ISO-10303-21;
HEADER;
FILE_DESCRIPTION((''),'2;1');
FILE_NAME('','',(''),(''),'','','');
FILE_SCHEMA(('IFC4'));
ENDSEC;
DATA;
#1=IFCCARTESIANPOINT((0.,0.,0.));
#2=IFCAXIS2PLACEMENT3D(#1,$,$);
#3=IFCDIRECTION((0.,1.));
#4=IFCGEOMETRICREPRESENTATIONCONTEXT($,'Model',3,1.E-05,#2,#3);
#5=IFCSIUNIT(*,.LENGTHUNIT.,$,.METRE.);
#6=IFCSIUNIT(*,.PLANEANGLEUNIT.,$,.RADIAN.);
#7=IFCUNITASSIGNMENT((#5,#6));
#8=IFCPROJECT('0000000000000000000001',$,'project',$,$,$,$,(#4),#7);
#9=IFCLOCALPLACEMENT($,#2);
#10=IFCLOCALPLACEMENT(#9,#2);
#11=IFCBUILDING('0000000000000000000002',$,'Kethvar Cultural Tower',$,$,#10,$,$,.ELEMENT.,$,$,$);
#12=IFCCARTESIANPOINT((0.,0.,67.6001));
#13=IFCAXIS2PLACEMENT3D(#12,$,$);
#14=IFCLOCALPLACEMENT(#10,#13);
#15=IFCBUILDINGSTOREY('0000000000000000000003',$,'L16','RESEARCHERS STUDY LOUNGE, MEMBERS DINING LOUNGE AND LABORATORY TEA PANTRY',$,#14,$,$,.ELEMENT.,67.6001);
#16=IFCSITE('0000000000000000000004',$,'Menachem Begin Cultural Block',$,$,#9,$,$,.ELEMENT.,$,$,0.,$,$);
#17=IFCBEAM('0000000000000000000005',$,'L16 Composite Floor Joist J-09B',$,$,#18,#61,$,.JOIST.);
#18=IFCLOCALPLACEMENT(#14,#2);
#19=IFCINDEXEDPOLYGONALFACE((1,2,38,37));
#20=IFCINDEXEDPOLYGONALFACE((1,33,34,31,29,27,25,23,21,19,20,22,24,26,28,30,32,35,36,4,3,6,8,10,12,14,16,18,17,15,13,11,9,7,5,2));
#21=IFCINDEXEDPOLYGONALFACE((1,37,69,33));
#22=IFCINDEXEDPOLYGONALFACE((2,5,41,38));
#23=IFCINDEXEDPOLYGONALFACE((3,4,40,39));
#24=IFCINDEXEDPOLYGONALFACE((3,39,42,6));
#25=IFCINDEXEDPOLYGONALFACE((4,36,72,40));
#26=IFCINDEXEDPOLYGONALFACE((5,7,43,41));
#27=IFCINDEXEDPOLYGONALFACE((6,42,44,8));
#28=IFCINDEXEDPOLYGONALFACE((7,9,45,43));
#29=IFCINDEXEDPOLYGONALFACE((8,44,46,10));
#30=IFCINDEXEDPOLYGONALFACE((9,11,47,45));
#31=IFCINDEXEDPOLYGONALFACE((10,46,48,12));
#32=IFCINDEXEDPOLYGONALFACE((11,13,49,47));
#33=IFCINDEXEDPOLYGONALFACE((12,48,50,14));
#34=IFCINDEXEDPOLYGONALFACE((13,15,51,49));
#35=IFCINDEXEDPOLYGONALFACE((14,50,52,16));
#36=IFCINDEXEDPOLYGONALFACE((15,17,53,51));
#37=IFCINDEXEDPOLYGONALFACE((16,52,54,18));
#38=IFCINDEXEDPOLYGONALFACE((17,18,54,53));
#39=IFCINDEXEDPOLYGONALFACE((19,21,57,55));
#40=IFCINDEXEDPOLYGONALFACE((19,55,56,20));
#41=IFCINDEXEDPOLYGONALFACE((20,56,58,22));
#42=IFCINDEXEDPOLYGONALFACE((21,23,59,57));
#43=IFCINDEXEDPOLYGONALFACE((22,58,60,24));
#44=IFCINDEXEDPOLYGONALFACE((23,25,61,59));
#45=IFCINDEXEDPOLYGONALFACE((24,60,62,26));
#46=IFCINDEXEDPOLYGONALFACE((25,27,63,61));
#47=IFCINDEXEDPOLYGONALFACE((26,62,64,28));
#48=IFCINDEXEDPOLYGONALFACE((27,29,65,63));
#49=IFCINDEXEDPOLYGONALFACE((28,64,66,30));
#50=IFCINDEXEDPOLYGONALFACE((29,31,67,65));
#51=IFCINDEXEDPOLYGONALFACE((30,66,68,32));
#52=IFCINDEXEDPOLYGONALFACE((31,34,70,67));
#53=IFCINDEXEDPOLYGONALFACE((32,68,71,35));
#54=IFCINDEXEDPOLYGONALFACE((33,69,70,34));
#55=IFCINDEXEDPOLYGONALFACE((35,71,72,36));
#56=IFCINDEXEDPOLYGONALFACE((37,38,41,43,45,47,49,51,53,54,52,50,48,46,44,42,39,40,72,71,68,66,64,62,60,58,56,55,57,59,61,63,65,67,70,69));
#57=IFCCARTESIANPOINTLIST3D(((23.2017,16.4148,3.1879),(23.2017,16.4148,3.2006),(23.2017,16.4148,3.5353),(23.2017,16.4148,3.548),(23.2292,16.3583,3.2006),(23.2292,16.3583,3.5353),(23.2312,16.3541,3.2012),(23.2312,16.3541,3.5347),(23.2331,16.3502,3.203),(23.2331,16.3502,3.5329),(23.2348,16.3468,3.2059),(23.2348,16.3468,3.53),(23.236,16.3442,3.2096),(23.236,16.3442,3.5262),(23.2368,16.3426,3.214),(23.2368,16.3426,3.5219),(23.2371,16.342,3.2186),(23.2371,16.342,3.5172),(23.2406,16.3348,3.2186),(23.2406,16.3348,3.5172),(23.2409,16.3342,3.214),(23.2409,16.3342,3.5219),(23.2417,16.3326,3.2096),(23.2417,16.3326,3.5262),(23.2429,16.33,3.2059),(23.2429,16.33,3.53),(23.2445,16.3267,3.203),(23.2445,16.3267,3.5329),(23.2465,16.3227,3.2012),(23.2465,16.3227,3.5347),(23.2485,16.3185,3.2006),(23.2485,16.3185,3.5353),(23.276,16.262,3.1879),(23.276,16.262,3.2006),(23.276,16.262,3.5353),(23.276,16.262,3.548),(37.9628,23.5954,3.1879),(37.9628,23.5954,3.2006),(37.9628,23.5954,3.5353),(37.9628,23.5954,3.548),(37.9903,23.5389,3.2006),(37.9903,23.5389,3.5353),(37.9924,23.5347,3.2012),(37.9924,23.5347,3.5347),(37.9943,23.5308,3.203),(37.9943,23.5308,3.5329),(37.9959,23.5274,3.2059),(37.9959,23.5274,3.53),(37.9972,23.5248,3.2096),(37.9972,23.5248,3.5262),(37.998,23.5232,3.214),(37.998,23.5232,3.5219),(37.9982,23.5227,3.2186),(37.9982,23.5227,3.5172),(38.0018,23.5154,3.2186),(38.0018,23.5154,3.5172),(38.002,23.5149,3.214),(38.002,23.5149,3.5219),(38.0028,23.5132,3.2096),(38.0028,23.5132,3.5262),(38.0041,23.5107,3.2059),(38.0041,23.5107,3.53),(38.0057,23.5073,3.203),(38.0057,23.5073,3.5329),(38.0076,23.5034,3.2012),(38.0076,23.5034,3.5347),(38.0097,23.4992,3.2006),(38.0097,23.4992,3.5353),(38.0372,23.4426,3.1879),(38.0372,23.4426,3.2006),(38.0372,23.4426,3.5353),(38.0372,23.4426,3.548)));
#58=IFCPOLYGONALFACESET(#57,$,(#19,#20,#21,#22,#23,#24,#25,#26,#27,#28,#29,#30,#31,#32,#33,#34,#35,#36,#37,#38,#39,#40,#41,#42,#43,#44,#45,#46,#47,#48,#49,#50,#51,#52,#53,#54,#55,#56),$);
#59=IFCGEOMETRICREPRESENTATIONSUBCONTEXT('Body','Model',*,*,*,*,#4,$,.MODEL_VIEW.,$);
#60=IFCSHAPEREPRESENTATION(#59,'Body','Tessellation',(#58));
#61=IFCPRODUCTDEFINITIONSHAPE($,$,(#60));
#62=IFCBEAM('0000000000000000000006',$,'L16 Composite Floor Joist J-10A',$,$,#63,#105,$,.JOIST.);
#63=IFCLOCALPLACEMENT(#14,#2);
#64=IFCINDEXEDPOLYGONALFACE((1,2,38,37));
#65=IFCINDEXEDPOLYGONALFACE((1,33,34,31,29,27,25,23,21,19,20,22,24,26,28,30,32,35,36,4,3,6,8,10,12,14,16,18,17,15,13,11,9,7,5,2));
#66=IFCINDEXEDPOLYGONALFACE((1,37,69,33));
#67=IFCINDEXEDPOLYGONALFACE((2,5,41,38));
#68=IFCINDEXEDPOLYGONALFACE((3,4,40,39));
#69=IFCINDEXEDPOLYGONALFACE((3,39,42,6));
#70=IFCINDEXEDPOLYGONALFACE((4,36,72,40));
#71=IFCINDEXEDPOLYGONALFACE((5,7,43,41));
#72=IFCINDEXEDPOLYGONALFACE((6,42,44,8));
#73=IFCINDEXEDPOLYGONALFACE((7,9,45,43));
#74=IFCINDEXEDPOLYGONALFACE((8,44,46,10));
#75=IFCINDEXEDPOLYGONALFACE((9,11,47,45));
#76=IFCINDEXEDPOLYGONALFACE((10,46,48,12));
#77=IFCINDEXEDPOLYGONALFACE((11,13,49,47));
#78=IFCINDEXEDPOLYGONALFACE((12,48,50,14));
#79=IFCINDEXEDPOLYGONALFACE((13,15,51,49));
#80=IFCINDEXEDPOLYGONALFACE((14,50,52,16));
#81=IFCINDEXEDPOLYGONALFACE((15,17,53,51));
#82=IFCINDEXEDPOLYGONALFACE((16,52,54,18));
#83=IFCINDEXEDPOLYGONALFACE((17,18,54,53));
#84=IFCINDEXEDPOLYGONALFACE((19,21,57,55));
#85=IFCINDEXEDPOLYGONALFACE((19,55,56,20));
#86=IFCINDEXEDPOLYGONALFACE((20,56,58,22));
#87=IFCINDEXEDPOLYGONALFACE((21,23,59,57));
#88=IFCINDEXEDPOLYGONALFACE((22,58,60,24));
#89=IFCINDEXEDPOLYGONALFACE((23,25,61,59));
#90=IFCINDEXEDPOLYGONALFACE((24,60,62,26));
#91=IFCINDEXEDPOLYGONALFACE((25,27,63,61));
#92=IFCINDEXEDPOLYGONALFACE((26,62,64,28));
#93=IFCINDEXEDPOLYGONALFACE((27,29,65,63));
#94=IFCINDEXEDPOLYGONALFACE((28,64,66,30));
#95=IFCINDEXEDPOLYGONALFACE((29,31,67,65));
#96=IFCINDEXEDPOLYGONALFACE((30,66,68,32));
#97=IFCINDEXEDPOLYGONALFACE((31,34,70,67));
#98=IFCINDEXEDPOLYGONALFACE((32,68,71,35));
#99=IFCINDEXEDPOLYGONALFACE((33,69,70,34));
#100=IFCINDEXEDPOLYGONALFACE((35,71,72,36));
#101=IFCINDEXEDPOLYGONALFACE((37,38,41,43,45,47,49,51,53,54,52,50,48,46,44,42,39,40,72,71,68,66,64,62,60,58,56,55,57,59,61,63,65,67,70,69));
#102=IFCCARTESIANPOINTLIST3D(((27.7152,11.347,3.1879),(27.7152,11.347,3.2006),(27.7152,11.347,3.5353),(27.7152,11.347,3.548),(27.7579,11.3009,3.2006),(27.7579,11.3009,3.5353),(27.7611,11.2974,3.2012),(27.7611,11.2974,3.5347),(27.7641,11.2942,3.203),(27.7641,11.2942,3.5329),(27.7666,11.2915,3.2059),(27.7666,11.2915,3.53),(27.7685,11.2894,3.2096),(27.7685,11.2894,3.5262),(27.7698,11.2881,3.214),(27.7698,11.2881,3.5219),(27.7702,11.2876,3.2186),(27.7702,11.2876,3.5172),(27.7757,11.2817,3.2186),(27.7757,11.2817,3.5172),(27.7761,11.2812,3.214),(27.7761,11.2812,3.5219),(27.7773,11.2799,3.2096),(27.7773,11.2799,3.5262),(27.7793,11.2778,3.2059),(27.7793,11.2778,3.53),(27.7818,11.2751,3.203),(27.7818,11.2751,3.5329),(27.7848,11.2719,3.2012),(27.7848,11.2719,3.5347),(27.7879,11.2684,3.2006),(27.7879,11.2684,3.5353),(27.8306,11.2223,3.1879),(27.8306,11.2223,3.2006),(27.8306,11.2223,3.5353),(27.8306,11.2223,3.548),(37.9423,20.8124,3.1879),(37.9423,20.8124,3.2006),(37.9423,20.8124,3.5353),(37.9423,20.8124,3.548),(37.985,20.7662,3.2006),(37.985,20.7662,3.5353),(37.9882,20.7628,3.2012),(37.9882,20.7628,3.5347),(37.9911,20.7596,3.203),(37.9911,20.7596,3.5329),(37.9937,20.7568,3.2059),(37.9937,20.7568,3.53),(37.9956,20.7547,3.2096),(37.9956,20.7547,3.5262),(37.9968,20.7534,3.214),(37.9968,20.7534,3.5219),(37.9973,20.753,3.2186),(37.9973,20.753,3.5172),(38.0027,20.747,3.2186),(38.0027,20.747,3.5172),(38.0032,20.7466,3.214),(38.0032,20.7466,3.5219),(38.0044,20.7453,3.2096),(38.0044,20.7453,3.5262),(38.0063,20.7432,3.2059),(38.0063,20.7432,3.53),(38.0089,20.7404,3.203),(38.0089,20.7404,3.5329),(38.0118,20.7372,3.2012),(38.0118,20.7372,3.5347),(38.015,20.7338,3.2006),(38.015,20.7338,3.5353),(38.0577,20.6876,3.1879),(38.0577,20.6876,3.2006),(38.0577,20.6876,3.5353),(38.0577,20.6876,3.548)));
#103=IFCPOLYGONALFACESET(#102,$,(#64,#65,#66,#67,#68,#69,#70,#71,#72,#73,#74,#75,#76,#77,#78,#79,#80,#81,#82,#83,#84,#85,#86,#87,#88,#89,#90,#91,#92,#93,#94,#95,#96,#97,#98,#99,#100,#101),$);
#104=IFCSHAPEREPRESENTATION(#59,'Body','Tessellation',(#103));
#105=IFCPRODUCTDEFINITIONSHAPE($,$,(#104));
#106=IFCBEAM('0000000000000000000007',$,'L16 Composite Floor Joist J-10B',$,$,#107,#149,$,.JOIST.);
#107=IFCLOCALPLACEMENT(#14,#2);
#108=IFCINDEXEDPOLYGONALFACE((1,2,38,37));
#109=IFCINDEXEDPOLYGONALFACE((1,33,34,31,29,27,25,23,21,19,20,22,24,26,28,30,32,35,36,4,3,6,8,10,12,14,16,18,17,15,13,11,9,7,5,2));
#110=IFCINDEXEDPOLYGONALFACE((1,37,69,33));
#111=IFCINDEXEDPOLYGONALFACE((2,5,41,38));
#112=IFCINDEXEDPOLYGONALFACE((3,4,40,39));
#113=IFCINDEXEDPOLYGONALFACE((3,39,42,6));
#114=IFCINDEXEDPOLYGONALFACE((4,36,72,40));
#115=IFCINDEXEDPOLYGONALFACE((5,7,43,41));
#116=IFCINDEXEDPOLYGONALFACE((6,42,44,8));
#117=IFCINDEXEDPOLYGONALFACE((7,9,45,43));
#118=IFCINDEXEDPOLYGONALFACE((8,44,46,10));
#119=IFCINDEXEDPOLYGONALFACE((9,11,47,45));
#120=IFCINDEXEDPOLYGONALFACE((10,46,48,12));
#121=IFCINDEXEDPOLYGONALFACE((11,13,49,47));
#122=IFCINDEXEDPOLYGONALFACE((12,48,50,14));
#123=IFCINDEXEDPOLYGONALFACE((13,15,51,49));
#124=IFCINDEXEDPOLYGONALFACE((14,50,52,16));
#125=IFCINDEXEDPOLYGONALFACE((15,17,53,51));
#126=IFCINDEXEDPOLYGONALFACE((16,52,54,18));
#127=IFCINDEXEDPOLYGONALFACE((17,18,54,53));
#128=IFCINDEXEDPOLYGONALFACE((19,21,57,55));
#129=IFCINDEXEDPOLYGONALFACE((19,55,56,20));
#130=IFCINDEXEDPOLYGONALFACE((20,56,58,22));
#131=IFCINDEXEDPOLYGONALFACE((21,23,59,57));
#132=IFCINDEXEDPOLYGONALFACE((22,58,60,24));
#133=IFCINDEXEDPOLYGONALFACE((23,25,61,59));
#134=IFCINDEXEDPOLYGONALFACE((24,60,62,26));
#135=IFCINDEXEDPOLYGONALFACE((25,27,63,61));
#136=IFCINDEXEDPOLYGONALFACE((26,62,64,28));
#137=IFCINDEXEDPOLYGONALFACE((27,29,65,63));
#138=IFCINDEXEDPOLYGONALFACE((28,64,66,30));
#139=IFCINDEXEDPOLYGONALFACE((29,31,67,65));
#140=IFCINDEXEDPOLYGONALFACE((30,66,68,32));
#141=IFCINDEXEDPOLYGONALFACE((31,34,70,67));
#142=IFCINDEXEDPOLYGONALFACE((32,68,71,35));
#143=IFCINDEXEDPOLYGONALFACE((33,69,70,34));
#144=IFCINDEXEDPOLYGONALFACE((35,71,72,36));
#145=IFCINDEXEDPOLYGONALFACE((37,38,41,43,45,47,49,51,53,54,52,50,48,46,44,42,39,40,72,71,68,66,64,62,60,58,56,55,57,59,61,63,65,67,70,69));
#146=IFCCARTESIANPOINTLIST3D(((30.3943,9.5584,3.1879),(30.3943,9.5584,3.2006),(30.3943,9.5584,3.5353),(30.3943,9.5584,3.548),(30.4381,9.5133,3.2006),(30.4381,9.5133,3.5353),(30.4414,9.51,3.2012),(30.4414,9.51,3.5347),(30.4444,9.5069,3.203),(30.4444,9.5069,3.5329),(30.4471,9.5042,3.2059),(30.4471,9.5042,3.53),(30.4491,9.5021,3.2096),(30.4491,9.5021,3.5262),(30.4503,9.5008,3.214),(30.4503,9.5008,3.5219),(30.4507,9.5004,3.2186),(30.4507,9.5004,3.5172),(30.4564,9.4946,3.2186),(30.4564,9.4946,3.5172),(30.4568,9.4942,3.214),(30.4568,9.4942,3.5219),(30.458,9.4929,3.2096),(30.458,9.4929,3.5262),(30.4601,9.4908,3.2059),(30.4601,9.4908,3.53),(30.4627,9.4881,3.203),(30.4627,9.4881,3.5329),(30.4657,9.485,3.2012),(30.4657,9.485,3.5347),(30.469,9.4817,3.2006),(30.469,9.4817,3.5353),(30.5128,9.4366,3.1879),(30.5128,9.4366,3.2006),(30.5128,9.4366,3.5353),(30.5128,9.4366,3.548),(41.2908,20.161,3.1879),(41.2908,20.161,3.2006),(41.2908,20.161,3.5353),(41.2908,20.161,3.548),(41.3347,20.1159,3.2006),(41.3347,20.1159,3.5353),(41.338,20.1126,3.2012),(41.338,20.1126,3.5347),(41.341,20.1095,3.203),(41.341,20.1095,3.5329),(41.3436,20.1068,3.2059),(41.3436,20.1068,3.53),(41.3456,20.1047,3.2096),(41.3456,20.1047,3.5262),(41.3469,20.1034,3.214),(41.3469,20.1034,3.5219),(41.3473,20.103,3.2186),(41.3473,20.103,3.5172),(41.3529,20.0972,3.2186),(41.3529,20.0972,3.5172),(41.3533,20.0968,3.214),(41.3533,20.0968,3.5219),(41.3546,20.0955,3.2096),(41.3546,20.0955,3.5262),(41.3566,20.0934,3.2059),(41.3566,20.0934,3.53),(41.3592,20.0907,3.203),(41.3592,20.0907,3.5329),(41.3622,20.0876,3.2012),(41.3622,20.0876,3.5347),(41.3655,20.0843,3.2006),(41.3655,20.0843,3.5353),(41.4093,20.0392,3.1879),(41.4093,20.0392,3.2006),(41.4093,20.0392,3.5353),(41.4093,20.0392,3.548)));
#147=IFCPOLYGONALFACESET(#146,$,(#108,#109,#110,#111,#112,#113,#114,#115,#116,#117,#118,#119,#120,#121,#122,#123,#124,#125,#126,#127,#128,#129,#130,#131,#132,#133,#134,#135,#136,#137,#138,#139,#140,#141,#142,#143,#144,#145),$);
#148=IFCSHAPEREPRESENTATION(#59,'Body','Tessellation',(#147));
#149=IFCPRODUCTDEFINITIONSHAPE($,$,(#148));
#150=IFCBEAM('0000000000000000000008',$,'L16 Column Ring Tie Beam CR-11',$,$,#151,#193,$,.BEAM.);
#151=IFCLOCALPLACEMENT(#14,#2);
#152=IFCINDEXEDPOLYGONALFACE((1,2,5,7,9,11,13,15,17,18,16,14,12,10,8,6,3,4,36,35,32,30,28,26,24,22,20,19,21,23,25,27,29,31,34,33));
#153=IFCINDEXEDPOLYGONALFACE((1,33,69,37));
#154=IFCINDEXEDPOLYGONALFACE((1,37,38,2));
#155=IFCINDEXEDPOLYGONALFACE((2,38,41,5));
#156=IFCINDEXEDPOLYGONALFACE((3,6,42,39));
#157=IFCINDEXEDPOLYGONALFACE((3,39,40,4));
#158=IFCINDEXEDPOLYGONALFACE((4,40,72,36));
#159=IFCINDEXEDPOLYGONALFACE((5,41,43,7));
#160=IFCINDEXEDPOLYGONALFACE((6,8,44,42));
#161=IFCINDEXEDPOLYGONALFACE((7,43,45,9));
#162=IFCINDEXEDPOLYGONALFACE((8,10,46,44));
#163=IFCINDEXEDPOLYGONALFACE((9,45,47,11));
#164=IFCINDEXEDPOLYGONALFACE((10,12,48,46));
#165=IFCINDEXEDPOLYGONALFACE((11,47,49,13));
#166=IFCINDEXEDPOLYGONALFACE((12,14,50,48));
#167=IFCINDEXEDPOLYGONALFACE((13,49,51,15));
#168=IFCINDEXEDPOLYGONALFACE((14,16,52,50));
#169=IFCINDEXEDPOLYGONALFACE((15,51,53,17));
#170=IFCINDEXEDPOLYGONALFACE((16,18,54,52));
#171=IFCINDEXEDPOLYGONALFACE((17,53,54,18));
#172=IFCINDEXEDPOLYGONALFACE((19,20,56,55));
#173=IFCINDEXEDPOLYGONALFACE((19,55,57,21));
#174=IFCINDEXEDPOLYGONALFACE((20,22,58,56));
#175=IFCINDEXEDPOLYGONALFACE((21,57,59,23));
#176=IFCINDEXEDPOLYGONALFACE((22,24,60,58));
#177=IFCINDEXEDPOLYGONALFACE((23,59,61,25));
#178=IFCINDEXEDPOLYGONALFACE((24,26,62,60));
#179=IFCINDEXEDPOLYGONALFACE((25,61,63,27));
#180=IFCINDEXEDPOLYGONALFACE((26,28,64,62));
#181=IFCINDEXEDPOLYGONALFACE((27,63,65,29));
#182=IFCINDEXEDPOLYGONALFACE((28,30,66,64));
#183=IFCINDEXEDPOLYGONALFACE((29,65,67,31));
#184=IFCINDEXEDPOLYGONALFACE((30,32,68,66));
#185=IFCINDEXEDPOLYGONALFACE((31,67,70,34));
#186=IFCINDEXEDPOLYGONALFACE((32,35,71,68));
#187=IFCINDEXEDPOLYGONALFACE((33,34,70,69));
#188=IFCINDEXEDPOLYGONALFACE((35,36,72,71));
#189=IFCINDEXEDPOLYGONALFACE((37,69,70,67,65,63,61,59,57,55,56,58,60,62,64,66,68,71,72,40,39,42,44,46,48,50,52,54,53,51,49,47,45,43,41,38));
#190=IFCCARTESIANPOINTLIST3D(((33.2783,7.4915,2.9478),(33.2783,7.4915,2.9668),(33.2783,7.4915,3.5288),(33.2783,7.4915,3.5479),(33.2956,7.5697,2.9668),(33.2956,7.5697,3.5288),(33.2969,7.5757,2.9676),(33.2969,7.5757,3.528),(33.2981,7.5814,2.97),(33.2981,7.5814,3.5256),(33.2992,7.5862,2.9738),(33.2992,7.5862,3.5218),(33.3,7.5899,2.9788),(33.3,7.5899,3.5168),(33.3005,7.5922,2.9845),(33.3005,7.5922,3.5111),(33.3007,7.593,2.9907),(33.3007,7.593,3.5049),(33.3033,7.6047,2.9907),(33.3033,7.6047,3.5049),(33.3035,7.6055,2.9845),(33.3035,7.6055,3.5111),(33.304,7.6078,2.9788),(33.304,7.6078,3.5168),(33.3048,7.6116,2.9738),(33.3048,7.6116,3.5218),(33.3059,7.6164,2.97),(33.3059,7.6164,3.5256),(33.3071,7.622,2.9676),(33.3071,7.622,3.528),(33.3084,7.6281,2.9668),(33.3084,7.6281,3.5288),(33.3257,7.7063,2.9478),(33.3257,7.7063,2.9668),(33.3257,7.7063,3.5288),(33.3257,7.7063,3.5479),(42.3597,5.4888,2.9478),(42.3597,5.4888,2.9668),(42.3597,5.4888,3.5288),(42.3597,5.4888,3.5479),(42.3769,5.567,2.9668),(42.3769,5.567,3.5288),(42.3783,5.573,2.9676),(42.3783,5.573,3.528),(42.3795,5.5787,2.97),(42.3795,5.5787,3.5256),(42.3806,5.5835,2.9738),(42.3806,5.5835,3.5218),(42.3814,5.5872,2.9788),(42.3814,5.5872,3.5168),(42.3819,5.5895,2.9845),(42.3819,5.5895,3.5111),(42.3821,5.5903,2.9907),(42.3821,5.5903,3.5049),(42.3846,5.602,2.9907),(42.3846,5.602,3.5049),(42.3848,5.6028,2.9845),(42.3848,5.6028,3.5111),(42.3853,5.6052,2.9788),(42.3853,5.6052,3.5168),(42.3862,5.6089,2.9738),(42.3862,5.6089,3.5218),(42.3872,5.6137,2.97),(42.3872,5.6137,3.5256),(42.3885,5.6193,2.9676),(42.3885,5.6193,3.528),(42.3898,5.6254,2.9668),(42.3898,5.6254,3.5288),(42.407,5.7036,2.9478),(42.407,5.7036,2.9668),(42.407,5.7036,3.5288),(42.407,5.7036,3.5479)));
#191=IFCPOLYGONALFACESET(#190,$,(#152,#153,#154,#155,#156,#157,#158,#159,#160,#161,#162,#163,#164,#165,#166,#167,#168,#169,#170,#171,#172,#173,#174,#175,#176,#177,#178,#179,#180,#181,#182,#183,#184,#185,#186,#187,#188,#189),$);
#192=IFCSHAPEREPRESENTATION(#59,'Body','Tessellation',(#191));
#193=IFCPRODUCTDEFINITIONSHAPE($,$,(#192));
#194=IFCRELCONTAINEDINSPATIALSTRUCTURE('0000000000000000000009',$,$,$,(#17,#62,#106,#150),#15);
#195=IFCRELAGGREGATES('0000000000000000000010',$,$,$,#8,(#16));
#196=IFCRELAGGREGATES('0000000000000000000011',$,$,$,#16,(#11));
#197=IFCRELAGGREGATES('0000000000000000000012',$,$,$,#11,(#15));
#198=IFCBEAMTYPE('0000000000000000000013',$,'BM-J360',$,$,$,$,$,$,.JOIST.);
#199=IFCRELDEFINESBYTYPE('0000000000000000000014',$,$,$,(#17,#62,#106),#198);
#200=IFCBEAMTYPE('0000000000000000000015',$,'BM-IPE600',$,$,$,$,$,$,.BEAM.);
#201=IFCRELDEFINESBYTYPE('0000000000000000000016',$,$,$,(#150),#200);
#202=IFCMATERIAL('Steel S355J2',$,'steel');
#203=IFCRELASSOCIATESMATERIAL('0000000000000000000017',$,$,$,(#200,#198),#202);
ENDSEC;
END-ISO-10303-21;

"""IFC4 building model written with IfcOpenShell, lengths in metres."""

from ifc_helpers import new_model, si_unit, direction, frame, origin, origin_2d, place, context, subcontext, project, spatial, i_section, extrude, source, transform, mapped, material, material_profile, profile_set, type_object, element, save


model = new_model("IFC4")

# Units and contexts
model_context = context("Model", 3, precision=1e-05, world=origin(), true_north=direction((0.0, 1.0)))
body_context = subcontext(model_context, "Body", "Model", "MODEL_VIEW")
ifc_project = project(units=[si_unit("LENGTHUNIT", "METRE"), si_unit("PLANEANGLEUNIT", "RADIAN")], contexts=[model_context])

# Site, building, storey
site_placement = place(None, origin())
site = spatial("IfcSite", under=ifc_project, at=site_placement, Name="Menachem Begin Cultural Block", CompositionType="ELEMENT", RefElevation=0.0)
building_placement = place(site_placement, origin())
building = spatial("IfcBuilding", under=site, at=building_placement, Name="Kethvar Cultural Tower", CompositionType="ELEMENT")
storey_placement = place(building_placement, frame((0.0, 0.0, 67.6001)))
storey = spatial("IfcBuildingStorey", under=building, at=storey_placement, Name="L16", Description="RESEARCHERS STUDY LOUNGE, MEMBERS DINING LOUNGE AND LABORATORY TEA PANTRY", CompositionType="ELEMENT", Elevation=67.6001)

# Beams
ifc_material_1 = material(Name="Steel S355J2", Category="steel")
ifc_material_profile_1 = material_profile(ifc_material_1, i_section(OverallWidth=0.22, OverallDepth=0.6001, WebThickness=0.012, FlangeThickness=0.019, FilletRadius=0.0239, at=origin_2d()), Name="Steel S355J2 — IPE600")
ifc_profile_set_1 = profile_set([ifc_material_profile_1], Name="Steel S355J2 — IPE600")
beam_type_1 = type_object("IfcBeamType", Name="BM-IPE600", PredefinedType="BEAM", material=ifc_profile_set_1)
ifc_material_profile_2 = material_profile(ifc_material_1, i_section(OverallWidth=0.1699, OverallDepth=0.3601, WebThickness=0.0081, FlangeThickness=0.0127, FilletRadius=0.0181, at=origin_2d()), Name="Steel S355J2 — IPE360")
ifc_profile_set_2 = profile_set([ifc_material_profile_2], Name="Steel S355J2 — IPE360")
beam_type_2 = type_object("IfcBeamType", Name="BM-J360", PredefinedType="JOIST", material=ifc_profile_set_2)
shared_shape_1 = source(origin(), body_context, "Body", "SweptSolid", [
    extrude(i_section(OverallWidth=0.1699, OverallDepth=0.3601, WebThickness=0.0081, FlangeThickness=0.0127, FilletRadius=0.0181, at=origin_2d()), origin(), (0.0, 0.0, 1.0), 16.415),
])
beam_1_placement = place(storey_placement, frame((38.0, 23.519, 3.3679), z_axis=(-0.899246, -0.437442, 0.0), x_axis=(0.437442, -0.899246, 0.0)))
element("IfcBeam", 1, at=beam_1_placement, inside=storey, type_object=beam_type_2, Name="L16 Composite Floor Joist J-09B", PredefinedType="JOIST", context=body_context, shape_type="MappedRepresentation", body=[
    mapped(shared_shape_1, transform((0.0, 0.0, 0.0), scale=1.0)),
])
shared_shape_2 = source(origin(), body_context, "Body", "SweptSolid", [
    extrude(i_section(OverallWidth=0.1699, OverallDepth=0.3601, WebThickness=0.0081, FlangeThickness=0.0127, FilletRadius=0.0181, at=origin_2d()), origin(), (0.0, 0.0, 1.0), 13.9351),
])
beam_2_placement = place(storey_placement, frame((38.0, 20.75, 3.3679), z_axis=(-0.733909, -0.679247, 0.0), x_axis=(0.679247, -0.733909, 0.0)))
element("IfcBeam", 2, at=beam_2_placement, inside=storey, type_object=beam_type_2, Name="L16 Composite Floor Joist J-10A", PredefinedType="JOIST", context=body_context, shape_type="MappedRepresentation", body=[
    mapped(shared_shape_2, transform((0.0, 0.0, 0.0), scale=1.0)),
])
shared_shape_3 = source(origin(), body_context, "Body", "SweptSolid", [
    extrude(i_section(OverallWidth=0.1699, OverallDepth=0.3601, WebThickness=0.0081, FlangeThickness=0.0127, FilletRadius=0.0181, at=origin_2d()), origin(), (0.0, 0.0, 1.0), 15.2036),
])
beam_3_placement = place(storey_placement, frame((41.3501, 20.1001, 3.3679), z_axis=(-0.716708, -0.697374, 0.0), x_axis=(0.697374, -0.716708, 0.0)))
element("IfcBeam", 3, at=beam_3_placement, inside=storey, type_object=beam_type_2, Name="L16 Composite Floor Joist J-10B", PredefinedType="JOIST", context=body_context, shape_type="MappedRepresentation", body=[
    mapped(shared_shape_3, transform((0.0, 0.0, 0.0), scale=1.0)),
])
shared_shape_4 = source(origin(), body_context, "Body", "SweptSolid", [
    extrude(i_section(OverallWidth=0.22, OverallDepth=0.6001, WebThickness=0.012, FlangeThickness=0.019, FilletRadius=0.0239, at=origin_2d()), origin(), (0.0, 0.0, 1.0), 9.2996),
])
beam_4_placement = place(storey_placement, frame((33.302, 7.5989, 3.2478), z_axis=(0.976536, -0.215354, 0.0), x_axis=(0.215354, 0.976536, 0.0)))
element("IfcBeam", 4, at=beam_4_placement, inside=storey, type_object=beam_type_1, Name="L16 Column Ring Tie Beam CR-11", PredefinedType="BEAM", context=body_context, shape_type="MappedRepresentation", body=[
    mapped(shared_shape_4, transform((0.0, 0.0, 0.0), scale=1.0)),
])

save(model, "model.ifc")
